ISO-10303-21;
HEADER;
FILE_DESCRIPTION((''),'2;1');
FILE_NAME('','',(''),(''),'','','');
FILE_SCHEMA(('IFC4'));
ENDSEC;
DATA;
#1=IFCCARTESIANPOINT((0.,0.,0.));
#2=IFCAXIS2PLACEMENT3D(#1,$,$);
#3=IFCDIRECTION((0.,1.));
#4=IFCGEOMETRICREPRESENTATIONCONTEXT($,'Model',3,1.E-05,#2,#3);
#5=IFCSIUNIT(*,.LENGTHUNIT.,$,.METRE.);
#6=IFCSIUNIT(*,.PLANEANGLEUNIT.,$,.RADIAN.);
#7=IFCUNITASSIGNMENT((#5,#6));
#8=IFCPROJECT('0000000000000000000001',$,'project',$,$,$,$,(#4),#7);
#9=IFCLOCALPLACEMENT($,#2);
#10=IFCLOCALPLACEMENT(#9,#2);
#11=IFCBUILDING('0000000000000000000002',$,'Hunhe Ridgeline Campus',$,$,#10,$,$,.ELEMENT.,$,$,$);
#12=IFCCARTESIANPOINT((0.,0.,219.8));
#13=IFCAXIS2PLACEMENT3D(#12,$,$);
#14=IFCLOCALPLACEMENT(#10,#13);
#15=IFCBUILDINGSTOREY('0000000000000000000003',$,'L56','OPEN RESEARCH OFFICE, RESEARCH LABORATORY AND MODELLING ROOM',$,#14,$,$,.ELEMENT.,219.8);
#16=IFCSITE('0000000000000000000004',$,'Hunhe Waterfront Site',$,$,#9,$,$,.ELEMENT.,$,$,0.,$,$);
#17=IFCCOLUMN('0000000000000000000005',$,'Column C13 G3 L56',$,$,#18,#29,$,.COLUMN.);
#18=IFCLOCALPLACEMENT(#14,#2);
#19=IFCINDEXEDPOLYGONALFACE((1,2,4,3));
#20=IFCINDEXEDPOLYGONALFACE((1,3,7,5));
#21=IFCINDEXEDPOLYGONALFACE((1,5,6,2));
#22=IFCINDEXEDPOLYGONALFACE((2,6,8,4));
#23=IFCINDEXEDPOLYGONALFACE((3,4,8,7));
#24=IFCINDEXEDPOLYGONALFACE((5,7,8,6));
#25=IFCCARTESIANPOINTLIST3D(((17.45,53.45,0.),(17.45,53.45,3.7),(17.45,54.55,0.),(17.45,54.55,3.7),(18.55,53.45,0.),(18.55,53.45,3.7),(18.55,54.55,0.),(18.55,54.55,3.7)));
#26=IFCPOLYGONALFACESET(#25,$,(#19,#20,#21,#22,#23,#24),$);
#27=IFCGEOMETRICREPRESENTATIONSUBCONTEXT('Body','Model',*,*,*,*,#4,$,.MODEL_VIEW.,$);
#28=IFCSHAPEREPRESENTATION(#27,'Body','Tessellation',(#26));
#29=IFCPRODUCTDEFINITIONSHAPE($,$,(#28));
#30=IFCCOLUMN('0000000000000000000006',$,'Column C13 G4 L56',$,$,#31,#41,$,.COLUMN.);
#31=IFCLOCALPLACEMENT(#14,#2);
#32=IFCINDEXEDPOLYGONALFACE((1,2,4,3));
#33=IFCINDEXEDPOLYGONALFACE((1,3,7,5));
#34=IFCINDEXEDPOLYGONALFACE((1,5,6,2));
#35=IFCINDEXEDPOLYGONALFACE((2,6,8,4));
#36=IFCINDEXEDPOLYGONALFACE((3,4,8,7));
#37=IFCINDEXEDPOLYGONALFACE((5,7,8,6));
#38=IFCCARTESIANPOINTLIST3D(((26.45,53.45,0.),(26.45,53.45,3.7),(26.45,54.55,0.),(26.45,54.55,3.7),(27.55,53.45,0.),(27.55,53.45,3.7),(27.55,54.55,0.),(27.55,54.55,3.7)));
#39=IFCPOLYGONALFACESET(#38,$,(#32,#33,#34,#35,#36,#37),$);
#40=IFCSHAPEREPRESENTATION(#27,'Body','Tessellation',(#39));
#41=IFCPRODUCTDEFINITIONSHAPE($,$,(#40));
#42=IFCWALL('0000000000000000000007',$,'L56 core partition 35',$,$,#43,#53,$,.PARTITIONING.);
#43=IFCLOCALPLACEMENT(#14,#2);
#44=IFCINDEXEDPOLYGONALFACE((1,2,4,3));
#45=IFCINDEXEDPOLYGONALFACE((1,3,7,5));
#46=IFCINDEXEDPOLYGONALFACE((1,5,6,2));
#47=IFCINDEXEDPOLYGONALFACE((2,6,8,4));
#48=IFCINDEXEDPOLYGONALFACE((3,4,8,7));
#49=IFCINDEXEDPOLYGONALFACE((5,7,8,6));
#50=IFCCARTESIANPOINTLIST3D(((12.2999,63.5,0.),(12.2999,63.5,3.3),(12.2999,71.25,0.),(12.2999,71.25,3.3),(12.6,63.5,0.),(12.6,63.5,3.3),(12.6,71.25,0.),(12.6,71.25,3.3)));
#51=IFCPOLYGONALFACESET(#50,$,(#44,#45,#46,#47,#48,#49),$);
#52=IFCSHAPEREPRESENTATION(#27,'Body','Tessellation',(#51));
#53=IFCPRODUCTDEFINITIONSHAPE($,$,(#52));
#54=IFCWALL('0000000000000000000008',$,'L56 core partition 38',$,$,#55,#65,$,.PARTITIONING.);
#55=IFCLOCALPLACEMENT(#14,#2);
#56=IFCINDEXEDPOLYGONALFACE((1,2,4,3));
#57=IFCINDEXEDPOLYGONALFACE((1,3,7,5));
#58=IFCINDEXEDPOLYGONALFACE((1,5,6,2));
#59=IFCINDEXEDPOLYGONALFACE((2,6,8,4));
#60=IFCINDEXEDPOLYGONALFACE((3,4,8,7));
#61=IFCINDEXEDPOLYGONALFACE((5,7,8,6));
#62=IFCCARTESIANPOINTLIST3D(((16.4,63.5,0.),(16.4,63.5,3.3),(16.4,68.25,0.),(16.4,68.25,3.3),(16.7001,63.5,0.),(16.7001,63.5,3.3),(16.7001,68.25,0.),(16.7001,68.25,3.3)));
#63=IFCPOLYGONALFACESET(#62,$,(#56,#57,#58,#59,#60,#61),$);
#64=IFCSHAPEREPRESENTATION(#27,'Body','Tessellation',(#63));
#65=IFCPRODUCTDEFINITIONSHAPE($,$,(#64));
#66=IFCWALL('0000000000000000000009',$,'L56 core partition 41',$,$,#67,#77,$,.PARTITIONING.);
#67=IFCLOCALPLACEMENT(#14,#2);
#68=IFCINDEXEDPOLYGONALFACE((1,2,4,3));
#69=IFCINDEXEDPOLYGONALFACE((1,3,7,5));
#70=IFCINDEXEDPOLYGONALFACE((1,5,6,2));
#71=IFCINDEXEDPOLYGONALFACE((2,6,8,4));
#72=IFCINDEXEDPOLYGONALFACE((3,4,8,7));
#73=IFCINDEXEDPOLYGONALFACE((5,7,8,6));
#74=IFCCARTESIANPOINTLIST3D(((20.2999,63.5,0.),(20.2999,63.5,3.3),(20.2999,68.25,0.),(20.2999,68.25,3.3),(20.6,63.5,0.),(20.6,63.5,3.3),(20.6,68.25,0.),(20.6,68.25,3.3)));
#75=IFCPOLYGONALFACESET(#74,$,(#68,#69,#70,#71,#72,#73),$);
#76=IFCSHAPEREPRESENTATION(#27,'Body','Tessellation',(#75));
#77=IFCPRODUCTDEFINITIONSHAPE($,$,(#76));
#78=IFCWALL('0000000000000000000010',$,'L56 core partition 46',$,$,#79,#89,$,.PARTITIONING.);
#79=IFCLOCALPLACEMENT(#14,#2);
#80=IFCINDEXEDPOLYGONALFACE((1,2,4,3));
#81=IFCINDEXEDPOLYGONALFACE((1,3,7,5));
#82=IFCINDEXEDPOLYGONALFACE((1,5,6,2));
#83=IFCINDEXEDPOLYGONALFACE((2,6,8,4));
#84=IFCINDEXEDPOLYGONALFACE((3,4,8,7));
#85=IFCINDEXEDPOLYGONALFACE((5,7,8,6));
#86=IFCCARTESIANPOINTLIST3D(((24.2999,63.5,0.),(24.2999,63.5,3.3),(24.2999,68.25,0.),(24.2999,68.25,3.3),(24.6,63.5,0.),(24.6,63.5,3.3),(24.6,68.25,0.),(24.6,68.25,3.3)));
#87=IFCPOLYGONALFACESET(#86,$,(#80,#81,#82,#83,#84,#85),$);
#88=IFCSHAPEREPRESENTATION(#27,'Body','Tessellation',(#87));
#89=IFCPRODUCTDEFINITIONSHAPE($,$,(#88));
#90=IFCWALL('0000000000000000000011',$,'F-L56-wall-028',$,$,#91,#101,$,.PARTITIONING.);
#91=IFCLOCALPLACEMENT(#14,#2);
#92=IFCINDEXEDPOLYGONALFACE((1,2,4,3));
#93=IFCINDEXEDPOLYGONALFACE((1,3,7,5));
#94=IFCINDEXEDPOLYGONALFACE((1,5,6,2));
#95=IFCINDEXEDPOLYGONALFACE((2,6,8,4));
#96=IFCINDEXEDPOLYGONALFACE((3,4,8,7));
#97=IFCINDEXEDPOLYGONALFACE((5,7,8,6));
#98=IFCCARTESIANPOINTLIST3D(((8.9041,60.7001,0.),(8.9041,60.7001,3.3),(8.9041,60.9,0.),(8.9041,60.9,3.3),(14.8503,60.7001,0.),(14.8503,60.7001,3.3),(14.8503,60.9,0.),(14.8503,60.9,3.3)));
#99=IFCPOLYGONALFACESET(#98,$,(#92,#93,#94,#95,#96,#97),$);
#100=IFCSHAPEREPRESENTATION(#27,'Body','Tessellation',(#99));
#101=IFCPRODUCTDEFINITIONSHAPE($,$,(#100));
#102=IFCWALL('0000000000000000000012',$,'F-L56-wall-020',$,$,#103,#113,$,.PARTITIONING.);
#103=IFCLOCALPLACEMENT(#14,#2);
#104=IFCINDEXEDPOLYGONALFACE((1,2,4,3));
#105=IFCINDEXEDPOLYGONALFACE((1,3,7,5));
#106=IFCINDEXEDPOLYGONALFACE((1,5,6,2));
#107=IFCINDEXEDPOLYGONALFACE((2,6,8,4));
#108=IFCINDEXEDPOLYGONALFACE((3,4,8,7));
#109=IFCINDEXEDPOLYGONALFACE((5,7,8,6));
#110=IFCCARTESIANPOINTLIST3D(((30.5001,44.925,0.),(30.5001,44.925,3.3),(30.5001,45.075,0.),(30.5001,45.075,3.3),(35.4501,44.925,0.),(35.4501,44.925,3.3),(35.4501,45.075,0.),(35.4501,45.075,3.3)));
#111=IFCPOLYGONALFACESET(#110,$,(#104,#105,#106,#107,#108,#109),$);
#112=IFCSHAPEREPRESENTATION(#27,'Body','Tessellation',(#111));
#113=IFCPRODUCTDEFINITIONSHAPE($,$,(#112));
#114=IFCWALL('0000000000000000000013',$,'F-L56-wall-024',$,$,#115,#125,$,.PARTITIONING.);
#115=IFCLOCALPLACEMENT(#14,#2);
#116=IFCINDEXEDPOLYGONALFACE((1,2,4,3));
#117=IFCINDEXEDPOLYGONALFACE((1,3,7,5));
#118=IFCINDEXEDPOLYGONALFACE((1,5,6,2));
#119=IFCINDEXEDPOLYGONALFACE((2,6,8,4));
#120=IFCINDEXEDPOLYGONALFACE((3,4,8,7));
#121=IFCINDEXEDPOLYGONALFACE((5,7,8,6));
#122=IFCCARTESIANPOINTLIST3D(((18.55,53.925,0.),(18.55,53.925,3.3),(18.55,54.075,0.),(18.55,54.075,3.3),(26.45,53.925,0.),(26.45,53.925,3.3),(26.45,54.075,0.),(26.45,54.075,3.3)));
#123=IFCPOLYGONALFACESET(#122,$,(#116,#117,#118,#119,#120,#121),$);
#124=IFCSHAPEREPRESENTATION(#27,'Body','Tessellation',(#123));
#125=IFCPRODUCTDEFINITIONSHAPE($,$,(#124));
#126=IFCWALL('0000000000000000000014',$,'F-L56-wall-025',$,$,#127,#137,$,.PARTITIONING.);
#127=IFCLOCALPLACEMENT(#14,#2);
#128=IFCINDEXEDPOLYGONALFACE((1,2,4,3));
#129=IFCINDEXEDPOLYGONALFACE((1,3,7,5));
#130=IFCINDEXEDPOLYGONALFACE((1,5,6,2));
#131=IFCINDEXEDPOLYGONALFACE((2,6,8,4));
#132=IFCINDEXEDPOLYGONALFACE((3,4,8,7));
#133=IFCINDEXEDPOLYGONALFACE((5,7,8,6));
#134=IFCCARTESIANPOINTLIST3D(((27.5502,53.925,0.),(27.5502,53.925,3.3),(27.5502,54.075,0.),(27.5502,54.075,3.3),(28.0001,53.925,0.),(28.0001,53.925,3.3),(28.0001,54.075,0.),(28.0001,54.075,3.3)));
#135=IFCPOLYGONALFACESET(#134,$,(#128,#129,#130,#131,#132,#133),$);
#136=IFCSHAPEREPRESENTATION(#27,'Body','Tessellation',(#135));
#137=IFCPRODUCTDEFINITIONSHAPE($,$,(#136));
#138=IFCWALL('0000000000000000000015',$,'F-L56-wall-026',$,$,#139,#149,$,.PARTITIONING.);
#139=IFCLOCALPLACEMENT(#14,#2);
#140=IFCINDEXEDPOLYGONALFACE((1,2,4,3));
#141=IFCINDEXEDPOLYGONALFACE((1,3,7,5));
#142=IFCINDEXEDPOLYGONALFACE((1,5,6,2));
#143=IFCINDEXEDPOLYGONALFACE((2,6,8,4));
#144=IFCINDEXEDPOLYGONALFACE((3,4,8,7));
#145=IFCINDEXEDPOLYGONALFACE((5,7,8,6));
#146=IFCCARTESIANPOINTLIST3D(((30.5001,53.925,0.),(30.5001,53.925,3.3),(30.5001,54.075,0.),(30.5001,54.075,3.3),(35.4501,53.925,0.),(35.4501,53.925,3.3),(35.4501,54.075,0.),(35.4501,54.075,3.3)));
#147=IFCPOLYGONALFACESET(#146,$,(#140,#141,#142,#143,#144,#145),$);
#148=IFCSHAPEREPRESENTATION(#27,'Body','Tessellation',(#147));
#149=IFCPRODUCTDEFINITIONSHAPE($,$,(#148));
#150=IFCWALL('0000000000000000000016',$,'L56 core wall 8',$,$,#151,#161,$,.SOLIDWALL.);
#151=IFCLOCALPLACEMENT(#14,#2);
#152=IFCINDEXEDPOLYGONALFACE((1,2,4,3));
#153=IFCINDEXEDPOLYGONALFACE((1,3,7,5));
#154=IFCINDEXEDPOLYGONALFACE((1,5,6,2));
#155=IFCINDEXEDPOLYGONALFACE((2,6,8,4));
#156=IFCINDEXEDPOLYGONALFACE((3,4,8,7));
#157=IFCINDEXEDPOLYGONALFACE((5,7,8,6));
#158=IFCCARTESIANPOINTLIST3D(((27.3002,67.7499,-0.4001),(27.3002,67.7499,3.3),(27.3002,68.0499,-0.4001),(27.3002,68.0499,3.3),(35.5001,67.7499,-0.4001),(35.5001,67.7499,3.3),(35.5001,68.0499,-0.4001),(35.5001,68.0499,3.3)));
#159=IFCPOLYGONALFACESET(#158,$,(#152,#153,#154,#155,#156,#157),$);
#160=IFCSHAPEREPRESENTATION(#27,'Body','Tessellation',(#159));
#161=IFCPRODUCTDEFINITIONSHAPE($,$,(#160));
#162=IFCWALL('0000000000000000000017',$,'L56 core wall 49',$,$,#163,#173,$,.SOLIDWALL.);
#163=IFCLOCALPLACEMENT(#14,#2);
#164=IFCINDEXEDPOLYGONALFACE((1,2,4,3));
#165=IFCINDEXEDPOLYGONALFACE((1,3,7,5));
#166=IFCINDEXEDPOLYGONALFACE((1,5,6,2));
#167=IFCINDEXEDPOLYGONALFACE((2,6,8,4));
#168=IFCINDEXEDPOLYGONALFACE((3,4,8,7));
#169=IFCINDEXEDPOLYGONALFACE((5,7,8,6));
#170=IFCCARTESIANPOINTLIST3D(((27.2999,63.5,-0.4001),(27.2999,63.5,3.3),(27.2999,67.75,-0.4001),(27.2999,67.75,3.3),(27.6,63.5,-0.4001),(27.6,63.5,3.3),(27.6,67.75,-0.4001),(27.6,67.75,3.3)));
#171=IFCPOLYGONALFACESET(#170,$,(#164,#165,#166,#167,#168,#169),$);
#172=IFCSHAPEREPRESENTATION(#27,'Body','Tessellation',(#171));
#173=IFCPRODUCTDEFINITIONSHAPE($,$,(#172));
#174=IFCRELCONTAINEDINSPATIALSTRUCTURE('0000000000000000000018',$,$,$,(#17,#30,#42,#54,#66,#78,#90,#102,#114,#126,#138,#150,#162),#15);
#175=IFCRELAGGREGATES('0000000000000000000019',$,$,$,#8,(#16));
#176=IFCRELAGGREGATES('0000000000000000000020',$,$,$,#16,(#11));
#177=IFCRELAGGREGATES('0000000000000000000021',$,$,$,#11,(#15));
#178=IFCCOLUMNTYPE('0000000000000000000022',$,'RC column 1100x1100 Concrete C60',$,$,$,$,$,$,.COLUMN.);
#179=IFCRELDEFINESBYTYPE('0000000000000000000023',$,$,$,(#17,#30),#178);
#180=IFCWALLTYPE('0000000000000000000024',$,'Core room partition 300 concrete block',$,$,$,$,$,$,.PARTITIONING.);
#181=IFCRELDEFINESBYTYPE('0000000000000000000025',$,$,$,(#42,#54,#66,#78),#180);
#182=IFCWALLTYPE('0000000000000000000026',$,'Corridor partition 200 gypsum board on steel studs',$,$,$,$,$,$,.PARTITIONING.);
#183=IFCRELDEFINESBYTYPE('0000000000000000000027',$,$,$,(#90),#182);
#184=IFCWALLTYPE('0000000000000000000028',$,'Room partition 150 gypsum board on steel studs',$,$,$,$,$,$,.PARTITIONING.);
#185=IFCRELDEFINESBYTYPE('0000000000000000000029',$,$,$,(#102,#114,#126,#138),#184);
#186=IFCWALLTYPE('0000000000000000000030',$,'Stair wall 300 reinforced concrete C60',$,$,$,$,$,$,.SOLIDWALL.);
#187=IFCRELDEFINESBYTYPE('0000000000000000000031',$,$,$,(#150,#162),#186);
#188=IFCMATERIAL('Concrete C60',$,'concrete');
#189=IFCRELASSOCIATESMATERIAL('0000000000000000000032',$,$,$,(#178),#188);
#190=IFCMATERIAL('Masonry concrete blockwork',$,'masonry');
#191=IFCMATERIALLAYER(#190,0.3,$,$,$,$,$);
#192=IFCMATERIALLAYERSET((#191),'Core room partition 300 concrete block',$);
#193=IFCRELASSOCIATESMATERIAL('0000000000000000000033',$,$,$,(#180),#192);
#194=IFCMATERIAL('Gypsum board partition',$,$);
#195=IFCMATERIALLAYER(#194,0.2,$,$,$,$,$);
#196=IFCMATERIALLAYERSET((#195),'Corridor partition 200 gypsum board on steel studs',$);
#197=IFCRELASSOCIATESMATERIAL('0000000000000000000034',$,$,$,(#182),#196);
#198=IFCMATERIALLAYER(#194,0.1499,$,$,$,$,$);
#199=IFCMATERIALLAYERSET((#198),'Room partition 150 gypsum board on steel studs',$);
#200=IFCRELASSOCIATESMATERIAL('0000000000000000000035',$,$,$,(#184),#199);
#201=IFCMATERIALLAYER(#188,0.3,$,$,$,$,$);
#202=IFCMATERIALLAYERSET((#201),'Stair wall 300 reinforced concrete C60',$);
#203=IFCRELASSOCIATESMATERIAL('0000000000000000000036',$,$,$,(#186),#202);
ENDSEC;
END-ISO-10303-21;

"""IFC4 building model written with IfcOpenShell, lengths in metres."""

from ifc_helpers import new_model, si_unit, direction, frame, frame_2d, origin, origin_2d, place, context, subcontext, project, spatial, rectangle, extrude, material, layer, layer_set, material_profile, profile_set, type_object, element, save


model = new_model("IFC4")

# Units and contexts
model_context = context("Model", 3, precision=1e-05, world=origin(), true_north=direction((0.0, 1.0)))
body_context = subcontext(model_context, "Body", "Model", "MODEL_VIEW")
ifc_project = project(units=[si_unit("LENGTHUNIT", "METRE"), si_unit("PLANEANGLEUNIT", "RADIAN")], contexts=[model_context])

# Site, building, storey
site_placement = place(None, origin())
site = spatial("IfcSite", under=ifc_project, at=site_placement, Name="Hunhe Waterfront Site", CompositionType="ELEMENT", RefElevation=0.0)
building_placement = place(site_placement, origin())
building = spatial("IfcBuilding", under=site, at=building_placement, Name="Hunhe Ridgeline Campus", CompositionType="ELEMENT")
storey_placement = place(building_placement, frame((0.0, 0.0, 219.8)))
storey = spatial("IfcBuildingStorey", under=building, at=storey_placement, Name="L56", Description="OPEN RESEARCH OFFICE, RESEARCH LABORATORY AND MODELLING ROOM", CompositionType="ELEMENT", Elevation=219.8)

# Columns
ifc_material_1 = material(Name="Concrete C60", Category="concrete")
ifc_material_profile = material_profile(ifc_material_1, rectangle(XDim=1.1001, YDim=1.1001, at=origin_2d()))
ifc_profile_set = profile_set([ifc_material_profile], Name="Concrete C60")
column_type = type_object("IfcColumnType", Name="RC column 1100x1100 Concrete C60", PredefinedType="COLUMN", material=ifc_profile_set)
for number, where, z_axis, x_axis, name in (
    (1, (18.0, 54.0, 0.0), (0.0, 0.0, 1.0), (1.0, 0.0, 0.0), "Column C13 G3 L56"),
    (2, (27.0, 54.0, 0.0), (0.0, 0.0, 1.0), (1.0, 0.0, 0.0), "Column C13 G4 L56"),
):
    element("IfcColumn", number, at=place(storey_placement, frame(where, z_axis=z_axis, x_axis=x_axis)), inside=storey, type_object=column_type, Name=name, PredefinedType="COLUMN", context=body_context, shape_type="SweptSolid", body=[
        extrude(rectangle(XDim=1.1001, YDim=1.1001, at=origin_2d()), origin(), (0.0, 0.0, 1.0), 3.7),
    ])

# Walls
ifc_material_2 = material(Name="Masonry concrete blockwork", Category="masonry")
ifc_layer_1 = layer(ifc_material_2, 0.3)
ifc_layer_set_1 = layer_set([ifc_layer_1], Name="Core room partition 300 concrete block")
wall_type_1 = type_object("IfcWallType", Name="Core room partition 300 concrete block", PredefinedType="PARTITIONING", material=ifc_layer_set_1)
wall_1_placement = place(storey_placement, frame((12.45, 63.5, 0.0), z_axis=(0.0, 0.0, 1.0), x_axis=(0.0, 1.0, 0.0)))
element("IfcWall", 3, at=wall_1_placement, inside=storey, type_object=wall_type_1, Name="L56 core partition 35", PredefinedType="PARTITIONING", context=body_context, shape_type="SweptSolid", body=[
    extrude(rectangle(XDim=7.75, YDim=0.3, at=frame_2d((3.875, 0.0))), origin(), (0.0, 0.0, 1.0), 3.3),
])
for number, where, z_axis, x_axis, name in (
    (4, (16.55, 63.5, 0.0), (0.0, 0.0, 1.0), (0.0, 1.0, 0.0), "L56 core partition 38"),
    (5, (20.45, 63.5, 0.0), (0.0, 0.0, 1.0), (0.0, 1.0, 0.0), "L56 core partition 41"),
    (6, (24.45, 63.5, 0.0), (0.0, 0.0, 1.0), (0.0, 1.0, 0.0), "L56 core partition 46"),
):
    element("IfcWall", number, at=place(storey_placement, frame(where, z_axis=z_axis, x_axis=x_axis)), inside=storey, type_object=wall_type_1, Name=name, PredefinedType="PARTITIONING", context=body_context, shape_type="SweptSolid", body=[
        extrude(rectangle(XDim=4.75, YDim=0.3, at=frame_2d((2.375, 0.0))), origin(), (0.0, 0.0, 1.0), 3.3),
    ])
ifc_material_3 = material(Name="Gypsum board partition")
ifc_layer_2 = layer(ifc_material_3, 0.2)
ifc_layer_set_2 = layer_set([ifc_layer_2], Name="Corridor partition 200 gypsum board on steel studs")
wall_type_2 = type_object("IfcWallType", Name="Corridor partition 200 gypsum board on steel studs", PredefinedType="PARTITIONING", material=ifc_layer_set_2)
wall_2_placement = place(storey_placement, frame((14.8503, 60.8, 0.0), z_axis=(0.0, 0.0, 1.0), x_axis=(-1.0, 0.0, 0.0)))
element("IfcWall", 7, at=wall_2_placement, inside=storey, type_object=wall_type_2, Name="F-L56-wall-028", PredefinedType="PARTITIONING", context=body_context, shape_type="SweptSolid", body=[
    extrude(rectangle(XDim=5.9463, YDim=0.2, at=frame_2d((2.9731, 0.0))), origin(), (0.0, 0.0, 1.0), 3.3),
])

# Walls
ifc_layer_3 = layer(ifc_material_3, 0.1499)
ifc_layer_set_3 = layer_set([ifc_layer_3], Name="Room partition 150 gypsum board on steel studs")
wall_type_3 = type_object("IfcWallType", Name="Room partition 150 gypsum board on steel studs", PredefinedType="PARTITIONING", material=ifc_layer_set_3)
wall_3_placement = place(storey_placement, frame((30.5, 45.0, 0.0), z_axis=(0.0, 0.0, 1.0), x_axis=(1.0, 0.0, 0.0)))
element("IfcWall", 8, at=wall_3_placement, inside=storey, type_object=wall_type_3, Name="F-L56-wall-020", PredefinedType="PARTITIONING", context=body_context, shape_type="SweptSolid", body=[
    extrude(rectangle(XDim=4.95, YDim=0.1499, at=frame_2d((2.4751, 0.0))), origin(), (0.0, 0.0, 1.0), 3.3),
])
wall_4_placement = place(storey_placement, frame((18.55, 54.0, 0.0), z_axis=(0.0, 0.0, 1.0), x_axis=(1.0, 0.0, 0.0)))
element("IfcWall", 9, at=wall_4_placement, inside=storey, type_object=wall_type_3, Name="F-L56-wall-024", PredefinedType="PARTITIONING", context=body_context, shape_type="SweptSolid", body=[
    extrude(rectangle(XDim=7.8999, YDim=0.1499, at=frame_2d((3.95, 0.0))), origin(), (0.0, 0.0, 1.0), 3.3),
])
wall_5_placement = place(storey_placement, frame((27.55, 54.0, 0.0), z_axis=(0.0, 0.0, 1.0), x_axis=(1.0, 0.0, 0.0)))
element("IfcWall", 10, at=wall_5_placement, inside=storey, type_object=wall_type_3, Name="F-L56-wall-025", PredefinedType="PARTITIONING", context=body_context, shape_type="SweptSolid", body=[
    extrude(rectangle(XDim=0.45, YDim=0.1499, at=frame_2d((0.2251, 0.0))), origin(), (0.0, 0.0, 1.0), 3.3),
])
wall_6_placement = place(storey_placement, frame((30.5, 54.0, 0.0), z_axis=(0.0, 0.0, 1.0), x_axis=(1.0, 0.0, 0.0)))
element("IfcWall", 11, at=wall_6_placement, inside=storey, type_object=wall_type_3, Name="F-L56-wall-026", PredefinedType="PARTITIONING", context=body_context, shape_type="SweptSolid", body=[
    extrude(rectangle(XDim=4.95, YDim=0.1499, at=frame_2d((2.4751, 0.0))), origin(), (0.0, 0.0, 1.0), 3.3),
])
ifc_layer_4 = layer(ifc_material_1, 0.3)
ifc_layer_set_4 = layer_set([ifc_layer_4], Name="Stair wall 300 reinforced concrete C60")
wall_type_4 = type_object("IfcWallType", Name="Stair wall 300 reinforced concrete C60", PredefinedType="SOLIDWALL", material=ifc_layer_set_4)
wall_7_placement = place(storey_placement, frame((27.3, 67.8999, -0.4001), z_axis=(0.0, 0.0, 1.0), x_axis=(1.0, 0.0, 0.0)))
element("IfcWall", 12, at=wall_7_placement, inside=storey, type_object=wall_type_4, Name="L56 core wall 8", PredefinedType="SOLIDWALL", context=body_context, shape_type="SweptSolid", body=[
    extrude(rectangle(XDim=8.2, YDim=0.3, at=frame_2d((4.1001, 0.0))), origin(), (0.0, 0.0, 1.0), 3.7002),
])
wall_8_placement = place(storey_placement, frame((27.45, 63.5, -0.4001), z_axis=(0.0, 0.0, 1.0), x_axis=(0.0, 1.0, 0.0)))
element("IfcWall", 13, at=wall_8_placement, inside=storey, type_object=wall_type_4, Name="L56 core wall 49", PredefinedType="SOLIDWALL", context=body_context, shape_type="SweptSolid", body=[
    extrude(rectangle(XDim=4.25, YDim=0.3, at=frame_2d((2.125, 0.0))), origin(), (0.0, 0.0, 1.0), 3.7002),
])

save(model, "model.ifc")
